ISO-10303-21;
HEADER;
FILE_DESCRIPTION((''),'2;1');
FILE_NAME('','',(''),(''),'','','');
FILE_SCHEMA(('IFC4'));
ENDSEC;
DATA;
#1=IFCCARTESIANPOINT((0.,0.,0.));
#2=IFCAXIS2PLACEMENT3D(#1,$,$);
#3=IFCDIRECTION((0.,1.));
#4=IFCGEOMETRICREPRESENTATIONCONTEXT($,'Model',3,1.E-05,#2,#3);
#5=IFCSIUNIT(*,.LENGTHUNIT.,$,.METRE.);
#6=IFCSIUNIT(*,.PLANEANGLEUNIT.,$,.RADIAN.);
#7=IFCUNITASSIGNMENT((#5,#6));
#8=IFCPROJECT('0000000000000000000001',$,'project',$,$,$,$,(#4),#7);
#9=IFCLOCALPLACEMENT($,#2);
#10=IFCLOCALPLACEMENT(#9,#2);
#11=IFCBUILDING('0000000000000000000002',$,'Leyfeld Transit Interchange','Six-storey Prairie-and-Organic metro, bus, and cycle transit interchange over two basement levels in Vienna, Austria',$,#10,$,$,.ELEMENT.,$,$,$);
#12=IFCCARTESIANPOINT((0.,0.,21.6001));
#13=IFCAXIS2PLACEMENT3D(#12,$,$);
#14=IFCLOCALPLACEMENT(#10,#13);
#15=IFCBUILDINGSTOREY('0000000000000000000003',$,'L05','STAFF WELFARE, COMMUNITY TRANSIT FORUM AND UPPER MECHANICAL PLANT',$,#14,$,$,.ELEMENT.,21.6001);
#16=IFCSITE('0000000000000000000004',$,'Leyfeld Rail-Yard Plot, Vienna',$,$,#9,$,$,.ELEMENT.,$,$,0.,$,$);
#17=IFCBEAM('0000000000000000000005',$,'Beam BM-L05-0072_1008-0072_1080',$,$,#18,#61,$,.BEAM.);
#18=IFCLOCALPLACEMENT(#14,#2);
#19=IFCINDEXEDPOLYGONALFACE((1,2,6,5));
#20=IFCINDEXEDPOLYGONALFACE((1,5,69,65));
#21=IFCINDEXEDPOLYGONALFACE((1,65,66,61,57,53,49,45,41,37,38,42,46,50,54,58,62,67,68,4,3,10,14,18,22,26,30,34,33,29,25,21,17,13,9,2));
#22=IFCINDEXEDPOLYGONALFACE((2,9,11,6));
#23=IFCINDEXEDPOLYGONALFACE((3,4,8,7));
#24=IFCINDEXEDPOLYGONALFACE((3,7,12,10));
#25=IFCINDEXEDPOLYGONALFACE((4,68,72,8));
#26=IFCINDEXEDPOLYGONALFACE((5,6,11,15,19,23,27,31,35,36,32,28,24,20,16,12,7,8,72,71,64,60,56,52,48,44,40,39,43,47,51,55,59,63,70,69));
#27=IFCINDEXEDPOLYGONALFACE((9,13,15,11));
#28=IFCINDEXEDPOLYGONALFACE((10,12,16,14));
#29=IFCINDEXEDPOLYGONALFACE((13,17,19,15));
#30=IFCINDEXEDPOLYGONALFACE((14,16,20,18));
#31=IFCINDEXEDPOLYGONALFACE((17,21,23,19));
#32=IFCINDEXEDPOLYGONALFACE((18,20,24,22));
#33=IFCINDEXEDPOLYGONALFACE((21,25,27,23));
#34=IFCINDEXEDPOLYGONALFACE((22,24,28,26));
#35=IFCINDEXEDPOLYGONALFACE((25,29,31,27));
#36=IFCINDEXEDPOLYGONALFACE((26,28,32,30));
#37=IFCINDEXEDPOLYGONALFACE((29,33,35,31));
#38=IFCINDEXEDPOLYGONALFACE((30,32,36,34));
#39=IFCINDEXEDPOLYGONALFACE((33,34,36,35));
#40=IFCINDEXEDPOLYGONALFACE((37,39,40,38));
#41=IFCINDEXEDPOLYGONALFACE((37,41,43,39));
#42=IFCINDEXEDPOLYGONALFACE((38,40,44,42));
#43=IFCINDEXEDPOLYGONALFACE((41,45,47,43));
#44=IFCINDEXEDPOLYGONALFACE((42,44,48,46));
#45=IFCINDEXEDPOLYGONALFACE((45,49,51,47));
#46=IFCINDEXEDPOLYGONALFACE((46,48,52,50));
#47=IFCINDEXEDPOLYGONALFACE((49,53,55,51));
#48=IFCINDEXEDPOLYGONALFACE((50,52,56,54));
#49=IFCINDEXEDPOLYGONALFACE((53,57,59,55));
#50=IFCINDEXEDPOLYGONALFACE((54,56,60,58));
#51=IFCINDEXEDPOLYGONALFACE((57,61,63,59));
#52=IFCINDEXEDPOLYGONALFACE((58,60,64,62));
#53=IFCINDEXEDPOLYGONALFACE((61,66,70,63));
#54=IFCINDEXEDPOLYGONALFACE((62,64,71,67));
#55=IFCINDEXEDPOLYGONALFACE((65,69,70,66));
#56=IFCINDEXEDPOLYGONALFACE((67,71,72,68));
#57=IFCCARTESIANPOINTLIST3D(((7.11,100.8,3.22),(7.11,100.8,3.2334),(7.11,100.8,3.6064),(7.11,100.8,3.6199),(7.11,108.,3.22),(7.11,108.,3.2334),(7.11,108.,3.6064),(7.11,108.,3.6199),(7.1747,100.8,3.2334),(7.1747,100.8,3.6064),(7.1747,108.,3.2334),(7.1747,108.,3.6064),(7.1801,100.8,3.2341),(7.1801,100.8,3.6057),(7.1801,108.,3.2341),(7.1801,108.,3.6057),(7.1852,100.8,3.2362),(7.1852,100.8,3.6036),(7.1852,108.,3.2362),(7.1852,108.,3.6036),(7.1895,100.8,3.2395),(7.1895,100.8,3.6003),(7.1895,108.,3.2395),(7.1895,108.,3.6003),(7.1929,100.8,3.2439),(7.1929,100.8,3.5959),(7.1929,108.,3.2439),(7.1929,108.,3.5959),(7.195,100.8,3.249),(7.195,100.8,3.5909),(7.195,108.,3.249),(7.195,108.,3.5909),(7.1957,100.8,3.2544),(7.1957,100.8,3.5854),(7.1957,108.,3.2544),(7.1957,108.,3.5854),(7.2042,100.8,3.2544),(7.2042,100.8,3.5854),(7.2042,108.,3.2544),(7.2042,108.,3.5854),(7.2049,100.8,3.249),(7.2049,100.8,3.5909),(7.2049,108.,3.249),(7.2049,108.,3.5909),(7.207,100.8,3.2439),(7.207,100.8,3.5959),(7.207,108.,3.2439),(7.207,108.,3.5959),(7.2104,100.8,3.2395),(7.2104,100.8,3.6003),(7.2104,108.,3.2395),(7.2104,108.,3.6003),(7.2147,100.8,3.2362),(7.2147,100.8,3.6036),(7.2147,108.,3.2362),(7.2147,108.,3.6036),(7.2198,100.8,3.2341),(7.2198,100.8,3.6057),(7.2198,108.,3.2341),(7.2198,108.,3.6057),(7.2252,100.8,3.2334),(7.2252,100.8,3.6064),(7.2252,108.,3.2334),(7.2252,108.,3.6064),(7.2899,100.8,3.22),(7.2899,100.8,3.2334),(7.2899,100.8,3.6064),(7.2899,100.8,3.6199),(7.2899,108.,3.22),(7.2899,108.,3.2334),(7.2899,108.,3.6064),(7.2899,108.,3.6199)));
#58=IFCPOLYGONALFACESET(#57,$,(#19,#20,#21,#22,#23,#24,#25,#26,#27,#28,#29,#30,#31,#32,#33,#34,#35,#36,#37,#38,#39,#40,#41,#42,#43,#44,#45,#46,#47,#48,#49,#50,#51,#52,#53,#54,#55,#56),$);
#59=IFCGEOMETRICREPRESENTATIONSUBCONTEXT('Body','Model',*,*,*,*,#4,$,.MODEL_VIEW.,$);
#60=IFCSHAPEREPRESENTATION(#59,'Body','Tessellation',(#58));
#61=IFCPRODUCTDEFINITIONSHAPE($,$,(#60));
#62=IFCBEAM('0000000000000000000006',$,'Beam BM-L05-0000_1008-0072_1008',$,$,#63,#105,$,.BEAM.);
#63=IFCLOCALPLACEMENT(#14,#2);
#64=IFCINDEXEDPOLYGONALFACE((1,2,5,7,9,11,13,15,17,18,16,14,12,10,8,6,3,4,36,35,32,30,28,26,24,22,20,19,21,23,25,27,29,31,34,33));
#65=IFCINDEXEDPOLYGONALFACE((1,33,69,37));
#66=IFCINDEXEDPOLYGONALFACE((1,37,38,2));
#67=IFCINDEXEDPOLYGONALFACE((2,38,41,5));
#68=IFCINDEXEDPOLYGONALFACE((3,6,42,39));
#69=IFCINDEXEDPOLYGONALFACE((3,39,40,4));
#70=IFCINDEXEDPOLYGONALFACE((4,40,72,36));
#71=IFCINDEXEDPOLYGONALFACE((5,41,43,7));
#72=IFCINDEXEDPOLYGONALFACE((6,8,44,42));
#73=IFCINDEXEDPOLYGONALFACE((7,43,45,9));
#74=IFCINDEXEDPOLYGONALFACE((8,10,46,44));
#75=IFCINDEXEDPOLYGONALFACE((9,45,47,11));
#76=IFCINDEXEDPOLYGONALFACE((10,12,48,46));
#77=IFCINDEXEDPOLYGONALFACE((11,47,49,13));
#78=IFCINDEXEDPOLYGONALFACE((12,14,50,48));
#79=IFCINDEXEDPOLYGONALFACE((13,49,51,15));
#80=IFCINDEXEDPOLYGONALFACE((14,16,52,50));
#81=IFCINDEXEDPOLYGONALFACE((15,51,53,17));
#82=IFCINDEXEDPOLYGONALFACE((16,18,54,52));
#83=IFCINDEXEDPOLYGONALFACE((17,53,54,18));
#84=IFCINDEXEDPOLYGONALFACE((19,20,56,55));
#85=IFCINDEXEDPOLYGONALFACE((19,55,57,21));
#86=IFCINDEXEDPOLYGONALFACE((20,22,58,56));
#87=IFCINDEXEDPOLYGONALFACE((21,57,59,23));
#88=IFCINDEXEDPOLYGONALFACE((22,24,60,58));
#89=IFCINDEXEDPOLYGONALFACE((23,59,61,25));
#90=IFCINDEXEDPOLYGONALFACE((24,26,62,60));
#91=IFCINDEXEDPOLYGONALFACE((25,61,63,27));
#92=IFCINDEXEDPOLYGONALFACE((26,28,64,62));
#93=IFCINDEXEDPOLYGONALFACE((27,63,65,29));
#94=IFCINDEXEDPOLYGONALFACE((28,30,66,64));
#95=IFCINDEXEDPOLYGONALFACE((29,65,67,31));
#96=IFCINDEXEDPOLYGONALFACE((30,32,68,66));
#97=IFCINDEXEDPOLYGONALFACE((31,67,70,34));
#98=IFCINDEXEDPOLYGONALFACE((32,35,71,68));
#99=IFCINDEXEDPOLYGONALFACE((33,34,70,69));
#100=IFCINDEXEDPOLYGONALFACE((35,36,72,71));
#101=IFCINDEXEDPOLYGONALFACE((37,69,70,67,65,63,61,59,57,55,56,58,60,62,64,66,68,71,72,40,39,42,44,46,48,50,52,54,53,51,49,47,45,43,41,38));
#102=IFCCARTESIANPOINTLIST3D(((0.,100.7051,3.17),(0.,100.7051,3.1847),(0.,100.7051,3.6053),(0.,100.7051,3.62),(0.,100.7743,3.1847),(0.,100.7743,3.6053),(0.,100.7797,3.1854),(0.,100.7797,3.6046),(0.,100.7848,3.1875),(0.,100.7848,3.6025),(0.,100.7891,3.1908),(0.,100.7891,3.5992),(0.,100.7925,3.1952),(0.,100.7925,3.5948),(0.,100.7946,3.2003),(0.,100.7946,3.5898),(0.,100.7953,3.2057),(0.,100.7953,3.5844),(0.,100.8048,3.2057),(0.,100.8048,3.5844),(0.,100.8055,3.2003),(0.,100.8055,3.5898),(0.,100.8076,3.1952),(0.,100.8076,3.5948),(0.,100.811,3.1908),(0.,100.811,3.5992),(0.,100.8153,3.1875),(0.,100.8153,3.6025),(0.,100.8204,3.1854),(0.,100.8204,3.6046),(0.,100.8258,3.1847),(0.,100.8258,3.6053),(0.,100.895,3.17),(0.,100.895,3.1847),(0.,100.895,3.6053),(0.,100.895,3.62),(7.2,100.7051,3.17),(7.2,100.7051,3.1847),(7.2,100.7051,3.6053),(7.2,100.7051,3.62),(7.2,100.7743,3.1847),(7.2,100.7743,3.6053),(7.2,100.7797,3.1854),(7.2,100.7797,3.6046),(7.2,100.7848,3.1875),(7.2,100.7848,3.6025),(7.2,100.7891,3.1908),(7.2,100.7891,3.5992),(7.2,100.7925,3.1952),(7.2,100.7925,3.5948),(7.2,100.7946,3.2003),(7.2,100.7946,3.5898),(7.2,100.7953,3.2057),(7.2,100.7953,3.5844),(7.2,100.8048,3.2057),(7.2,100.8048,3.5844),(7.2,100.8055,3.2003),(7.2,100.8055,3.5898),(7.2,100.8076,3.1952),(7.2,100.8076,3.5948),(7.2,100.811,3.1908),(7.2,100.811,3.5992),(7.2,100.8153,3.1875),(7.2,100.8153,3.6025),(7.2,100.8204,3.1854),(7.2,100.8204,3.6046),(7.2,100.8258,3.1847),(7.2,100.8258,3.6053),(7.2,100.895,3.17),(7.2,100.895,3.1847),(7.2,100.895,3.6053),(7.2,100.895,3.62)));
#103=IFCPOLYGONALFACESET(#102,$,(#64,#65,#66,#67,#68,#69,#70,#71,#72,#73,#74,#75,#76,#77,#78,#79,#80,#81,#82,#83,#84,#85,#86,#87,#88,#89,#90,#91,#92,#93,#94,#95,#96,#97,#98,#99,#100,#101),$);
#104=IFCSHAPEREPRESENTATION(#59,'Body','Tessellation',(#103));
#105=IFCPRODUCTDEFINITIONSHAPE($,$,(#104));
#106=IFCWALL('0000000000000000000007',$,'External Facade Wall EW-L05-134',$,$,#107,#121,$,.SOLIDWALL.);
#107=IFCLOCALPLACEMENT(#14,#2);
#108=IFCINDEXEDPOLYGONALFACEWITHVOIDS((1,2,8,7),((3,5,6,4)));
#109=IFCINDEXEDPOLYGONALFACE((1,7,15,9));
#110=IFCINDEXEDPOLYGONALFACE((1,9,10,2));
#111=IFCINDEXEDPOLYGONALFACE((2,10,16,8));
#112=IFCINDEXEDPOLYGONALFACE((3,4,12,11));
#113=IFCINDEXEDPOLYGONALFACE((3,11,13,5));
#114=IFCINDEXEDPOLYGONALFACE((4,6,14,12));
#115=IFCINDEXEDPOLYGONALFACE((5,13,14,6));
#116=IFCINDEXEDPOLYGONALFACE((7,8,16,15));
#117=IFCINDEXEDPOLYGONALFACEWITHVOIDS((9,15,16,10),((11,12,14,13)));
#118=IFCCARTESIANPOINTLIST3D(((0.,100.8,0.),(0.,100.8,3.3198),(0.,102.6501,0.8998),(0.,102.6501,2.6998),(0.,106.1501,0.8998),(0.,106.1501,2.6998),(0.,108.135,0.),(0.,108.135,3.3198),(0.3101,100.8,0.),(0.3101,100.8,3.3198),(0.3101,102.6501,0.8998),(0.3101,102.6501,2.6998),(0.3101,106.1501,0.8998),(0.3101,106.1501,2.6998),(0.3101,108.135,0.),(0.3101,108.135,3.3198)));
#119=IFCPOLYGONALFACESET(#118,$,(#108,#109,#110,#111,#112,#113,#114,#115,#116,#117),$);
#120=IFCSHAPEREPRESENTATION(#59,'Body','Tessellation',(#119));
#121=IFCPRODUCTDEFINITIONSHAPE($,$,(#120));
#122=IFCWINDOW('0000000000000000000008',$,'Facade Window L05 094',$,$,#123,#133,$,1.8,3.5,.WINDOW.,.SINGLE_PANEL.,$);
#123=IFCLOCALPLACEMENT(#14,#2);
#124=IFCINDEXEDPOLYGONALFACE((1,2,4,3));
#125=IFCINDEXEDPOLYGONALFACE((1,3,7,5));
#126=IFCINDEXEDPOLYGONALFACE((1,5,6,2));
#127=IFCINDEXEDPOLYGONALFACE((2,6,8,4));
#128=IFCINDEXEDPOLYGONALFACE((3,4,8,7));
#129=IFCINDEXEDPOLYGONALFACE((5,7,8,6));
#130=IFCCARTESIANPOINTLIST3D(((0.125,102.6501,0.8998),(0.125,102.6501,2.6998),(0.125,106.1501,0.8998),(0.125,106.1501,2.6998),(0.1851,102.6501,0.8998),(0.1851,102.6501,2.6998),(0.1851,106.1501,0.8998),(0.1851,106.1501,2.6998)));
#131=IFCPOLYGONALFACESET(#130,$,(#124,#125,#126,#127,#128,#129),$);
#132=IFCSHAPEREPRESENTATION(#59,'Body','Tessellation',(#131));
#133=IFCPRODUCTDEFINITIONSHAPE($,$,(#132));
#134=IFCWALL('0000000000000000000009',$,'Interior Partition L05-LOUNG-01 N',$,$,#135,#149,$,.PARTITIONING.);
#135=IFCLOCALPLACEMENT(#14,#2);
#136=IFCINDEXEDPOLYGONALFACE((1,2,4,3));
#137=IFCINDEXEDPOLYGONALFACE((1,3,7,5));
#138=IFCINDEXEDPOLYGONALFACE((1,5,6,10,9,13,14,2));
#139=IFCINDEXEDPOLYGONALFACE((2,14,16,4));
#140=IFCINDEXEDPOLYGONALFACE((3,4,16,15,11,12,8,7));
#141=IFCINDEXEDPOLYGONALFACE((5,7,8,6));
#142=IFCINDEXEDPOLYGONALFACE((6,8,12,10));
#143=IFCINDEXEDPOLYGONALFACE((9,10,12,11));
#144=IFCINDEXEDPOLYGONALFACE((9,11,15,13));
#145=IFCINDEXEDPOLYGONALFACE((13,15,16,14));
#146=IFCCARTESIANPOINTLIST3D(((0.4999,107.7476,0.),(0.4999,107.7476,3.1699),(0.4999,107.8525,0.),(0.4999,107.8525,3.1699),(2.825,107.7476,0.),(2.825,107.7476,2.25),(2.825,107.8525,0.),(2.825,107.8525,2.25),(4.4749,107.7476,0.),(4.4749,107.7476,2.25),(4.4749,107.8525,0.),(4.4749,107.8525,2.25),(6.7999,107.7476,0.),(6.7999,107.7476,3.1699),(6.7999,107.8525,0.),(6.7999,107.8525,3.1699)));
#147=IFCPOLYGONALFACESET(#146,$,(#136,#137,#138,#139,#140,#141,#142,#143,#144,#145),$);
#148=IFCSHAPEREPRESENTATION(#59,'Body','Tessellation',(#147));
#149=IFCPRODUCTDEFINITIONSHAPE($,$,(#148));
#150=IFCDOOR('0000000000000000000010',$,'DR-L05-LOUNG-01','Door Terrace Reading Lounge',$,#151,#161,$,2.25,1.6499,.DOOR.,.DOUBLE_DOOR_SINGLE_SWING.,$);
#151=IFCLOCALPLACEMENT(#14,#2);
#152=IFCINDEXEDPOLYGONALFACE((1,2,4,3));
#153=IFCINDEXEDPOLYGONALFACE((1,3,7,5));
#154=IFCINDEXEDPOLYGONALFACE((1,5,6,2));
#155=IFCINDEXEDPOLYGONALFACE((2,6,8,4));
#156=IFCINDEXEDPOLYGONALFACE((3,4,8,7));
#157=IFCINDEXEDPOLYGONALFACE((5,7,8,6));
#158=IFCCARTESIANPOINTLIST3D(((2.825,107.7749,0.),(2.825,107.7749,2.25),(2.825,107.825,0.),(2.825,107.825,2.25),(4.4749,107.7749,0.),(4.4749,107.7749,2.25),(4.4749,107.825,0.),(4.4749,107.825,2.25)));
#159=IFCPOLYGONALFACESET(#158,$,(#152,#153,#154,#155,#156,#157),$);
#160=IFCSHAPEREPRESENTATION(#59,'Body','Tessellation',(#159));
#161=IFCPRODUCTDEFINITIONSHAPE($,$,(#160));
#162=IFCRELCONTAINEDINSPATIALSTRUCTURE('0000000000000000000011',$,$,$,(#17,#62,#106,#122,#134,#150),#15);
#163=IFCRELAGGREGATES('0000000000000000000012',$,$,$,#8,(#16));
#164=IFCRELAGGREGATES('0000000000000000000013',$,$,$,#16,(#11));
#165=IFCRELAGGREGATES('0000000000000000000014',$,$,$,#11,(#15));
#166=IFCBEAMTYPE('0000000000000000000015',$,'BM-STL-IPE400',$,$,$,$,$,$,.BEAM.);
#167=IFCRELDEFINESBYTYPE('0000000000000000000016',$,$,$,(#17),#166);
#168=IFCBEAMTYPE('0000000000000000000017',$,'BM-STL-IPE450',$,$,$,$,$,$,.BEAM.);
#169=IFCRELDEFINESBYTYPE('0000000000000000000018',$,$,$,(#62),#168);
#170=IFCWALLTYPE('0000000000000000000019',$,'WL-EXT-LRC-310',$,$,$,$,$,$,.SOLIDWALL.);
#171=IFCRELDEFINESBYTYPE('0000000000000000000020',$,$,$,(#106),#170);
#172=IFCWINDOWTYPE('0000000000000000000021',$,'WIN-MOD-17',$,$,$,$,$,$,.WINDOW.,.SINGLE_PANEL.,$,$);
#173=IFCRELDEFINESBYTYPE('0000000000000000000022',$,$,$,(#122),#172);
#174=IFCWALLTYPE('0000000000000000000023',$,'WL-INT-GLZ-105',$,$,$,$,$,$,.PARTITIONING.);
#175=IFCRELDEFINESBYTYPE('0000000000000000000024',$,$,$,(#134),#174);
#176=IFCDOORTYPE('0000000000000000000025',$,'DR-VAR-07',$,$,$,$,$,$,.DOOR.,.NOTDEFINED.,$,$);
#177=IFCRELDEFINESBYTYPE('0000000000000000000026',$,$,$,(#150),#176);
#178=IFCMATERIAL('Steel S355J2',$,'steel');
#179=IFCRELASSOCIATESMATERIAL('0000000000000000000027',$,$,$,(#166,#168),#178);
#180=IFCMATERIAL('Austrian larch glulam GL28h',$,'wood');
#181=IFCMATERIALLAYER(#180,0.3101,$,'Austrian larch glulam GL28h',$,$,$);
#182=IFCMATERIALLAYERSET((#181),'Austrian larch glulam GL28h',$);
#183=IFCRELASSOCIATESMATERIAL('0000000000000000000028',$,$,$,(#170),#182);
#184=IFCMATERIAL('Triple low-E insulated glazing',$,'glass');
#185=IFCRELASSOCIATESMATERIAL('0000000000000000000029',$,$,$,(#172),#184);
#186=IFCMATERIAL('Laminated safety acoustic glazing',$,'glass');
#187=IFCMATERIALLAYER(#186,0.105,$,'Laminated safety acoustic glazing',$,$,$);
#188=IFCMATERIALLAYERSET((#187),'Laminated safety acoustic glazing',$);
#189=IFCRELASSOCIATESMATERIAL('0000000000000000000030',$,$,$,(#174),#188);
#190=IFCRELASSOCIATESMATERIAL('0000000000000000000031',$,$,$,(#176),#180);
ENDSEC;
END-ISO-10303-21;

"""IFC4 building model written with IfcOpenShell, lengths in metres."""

from ifc_helpers import new_model, si_unit, direction, frame, frame_2d, origin, origin_2d, place, context, subcontext, project, spatial, rectangle, i_section, extrude, material, layer, layer_set, material_profile, profile_set, type_object, element, fill, save


model = new_model("IFC4")

# Units and contexts
model_context = context("Model", 3, precision=1e-05, world=origin(), true_north=direction((0.0, 1.0)))
body_context = subcontext(model_context, "Body", "Model", "MODEL_VIEW")
ifc_project = project(units=[si_unit("LENGTHUNIT", "METRE"), si_unit("PLANEANGLEUNIT", "RADIAN")], contexts=[model_context])

# Site, building, storey
site_placement = place(None, origin())
site = spatial("IfcSite", under=ifc_project, at=site_placement, Name="Leyfeld Rail-Yard Plot, Vienna", CompositionType="ELEMENT", RefElevation=0.0)
building_placement = place(site_placement, origin())
building = spatial("IfcBuilding", under=site, at=building_placement, Name="Leyfeld Transit Interchange", Description="Six-storey Prairie-and-Organic metro, bus, and cycle transit interchange over two basement levels in Vienna, Austria", CompositionType="ELEMENT")
storey_placement = place(building_placement, frame((0.0, 0.0, 21.6001)))
storey = spatial("IfcBuildingStorey", under=building, at=storey_placement, Name="L05", Description="STAFF WELFARE, COMMUNITY TRANSIT FORUM AND UPPER MECHANICAL PLANT", CompositionType="ELEMENT", Elevation=21.6001)

# Shared definitions
ifc_material_1 = material(Name="Steel S355J2", Category="steel")

# Beams
ifc_material_profile_1 = material_profile(ifc_material_1, i_section(OverallWidth=0.1799, OverallDepth=0.3999, WebThickness=0.0085, FlangeThickness=0.0134, FilletRadius=0.021, at=origin_2d()), Name="IPE 400")
ifc_profile_set_1 = profile_set([ifc_material_profile_1], Name="Steel S355J2")
beam_type_1 = type_object("IfcBeamType", Name="BM-STL-IPE400", PredefinedType="BEAM", material=ifc_profile_set_1)
beam_1_placement = place(storey_placement, frame((7.2, 100.8, 3.4199), z_axis=(0.0, 1.0, 0.0), x_axis=(-1.0, 0.0, 0.0)))
element("IfcBeam", 1, at=beam_1_placement, inside=storey, type_object=beam_type_1, Name="Beam BM-L05-0072_1008-0072_1080", PredefinedType="BEAM", context=body_context, shape_type="SweptSolid", body=[
    extrude(i_section(OverallWidth=0.1799, OverallDepth=0.3999, WebThickness=0.0085, FlangeThickness=0.0134, FilletRadius=0.021, at=origin_2d()), origin(), (0.0, 0.0, 1.0), 7.2),
])
ifc_material_profile_2 = material_profile(ifc_material_1, i_section(OverallWidth=0.1899, OverallDepth=0.45, WebThickness=0.0095, FlangeThickness=0.0146, FilletRadius=0.021, at=origin_2d()), Name="IPE 450")
ifc_profile_set_2 = profile_set([ifc_material_profile_2], Name="Steel S355J2")
beam_type_2 = type_object("IfcBeamType", Name="BM-STL-IPE450", PredefinedType="BEAM", material=ifc_profile_set_2)
beam_2_placement = place(storey_placement, frame((0.0, 100.8, 3.395), z_axis=(1.0, 0.0, 0.0), x_axis=(0.0, 1.0, 0.0)))
element("IfcBeam", 2, at=beam_2_placement, inside=storey, type_object=beam_type_2, Name="Beam BM-L05-0000_1008-0072_1008", PredefinedType="BEAM", context=body_context, shape_type="SweptSolid", body=[
    extrude(i_section(OverallWidth=0.1899, OverallDepth=0.45, WebThickness=0.0095, FlangeThickness=0.0146, FilletRadius=0.021, at=origin_2d()), origin(), (0.0, 0.0, 1.0), 7.2),
])

# Wall, opening, window
ifc_material_2 = material(Name="Austrian larch glulam GL28h", Category="wood")
ifc_layer_1 = layer(ifc_material_2, 0.3101, Name="Austrian larch glulam GL28h")
ifc_layer_set_1 = layer_set([ifc_layer_1], Name="Austrian larch glulam GL28h")
wall_type_1 = type_object("IfcWallType", Name="WL-EXT-LRC-310", PredefinedType="SOLIDWALL", material=ifc_layer_set_1)
wall_1_placement = place(storey_placement, frame((0.155, 100.8, 0.0), z_axis=(0.0, 0.0, 1.0), x_axis=(0.0, 1.0, 0.0)))
wall_1 = element("IfcWall", 3, at=wall_1_placement, inside=storey, type_object=wall_type_1, Name="External Facade Wall EW-L05-134", PredefinedType="SOLIDWALL", context=body_context, shape_type="SweptSolid", body=[
    extrude(rectangle(XDim=7.335, YDim=0.3101, at=frame_2d((3.6675, 0.0))), origin(), (0.0, 0.0, 1.0), 3.3198),
])
opening_1_placement = place(wall_1_placement, frame((1.8501, 0.0, 0.8999)))
opening_1 = element("IfcOpeningElement", 4, at=opening_1_placement, cuts=wall_1, PredefinedType="OPENING", context=body_context, shape_type="SweptSolid", body=[
    extrude(rectangle(XDim=3.5, YDim=1.8, at=frame_2d((1.75, 0.8999))), frame((0.0, 0.165, 0.0), z_axis=(0.0, -1.0, 0.0), x_axis=(1.0, 0.0, 0.0)), (0.0, 0.0, 1.0), 0.3301),
])
ifc_material_3 = material(Name="Triple low-E insulated glazing", Category="glass")
window_type = type_object("IfcWindowType", Name="WIN-MOD-17", PartitioningType="SINGLE_PANEL", PredefinedType="WINDOW", material=ifc_material_3)
window_placement = place(opening_1_placement, origin())
window = element("IfcWindow", 5, at=window_placement, inside=storey, type_object=window_type, Name="Facade Window L05 094", OverallHeight=1.8, OverallWidth=3.5, PartitioningType="SINGLE_PANEL", PredefinedType="WINDOW", context=body_context, shape_type="SweptSolid", body=[
    extrude(rectangle(XDim=3.5, YDim=1.8, at=frame_2d((1.75, 0.8999))), frame((0.0, 0.03, 0.0), z_axis=(0.0, -1.0, 0.0), x_axis=(1.0, 0.0, 0.0)), (0.0, 0.0, 1.0), 0.0601),
])
fill(opening_1, window)

# Wall, opening, door
ifc_material_4 = material(Name="Laminated safety acoustic glazing", Category="glass")
ifc_layer_2 = layer(ifc_material_4, 0.105, Name="Laminated safety acoustic glazing")
ifc_layer_set_2 = layer_set([ifc_layer_2], Name="Laminated safety acoustic glazing")
wall_type_2 = type_object("IfcWallType", Name="WL-INT-GLZ-105", PredefinedType="PARTITIONING", material=ifc_layer_set_2)
wall_2_placement = place(storey_placement, frame((0.5, 107.8, 0.0), z_axis=(0.0, 0.0, 1.0), x_axis=(1.0, 0.0, 0.0)))
wall_2 = element("IfcWall", 6, at=wall_2_placement, inside=storey, type_object=wall_type_2, Name="Interior Partition L05-LOUNG-01 N", PredefinedType="PARTITIONING", context=body_context, shape_type="SweptSolid", body=[
    extrude(rectangle(XDim=6.3, YDim=0.105, at=frame_2d((3.1499, 0.0))), origin(), (0.0, 0.0, 1.0), 3.1699),
])
opening_2_placement = place(wall_2_placement, frame((2.325, 0.0, 0.0)))
opening_2 = element("IfcOpeningElement", 7, at=opening_2_placement, cuts=wall_2, PredefinedType="OPENING", context=body_context, shape_type="SweptSolid", body=[
    extrude(rectangle(XDim=1.6499, YDim=2.25, at=frame_2d((0.825, 1.125))), frame((0.0, 0.0625, 0.0), z_axis=(0.0, -1.0, 0.0), x_axis=(1.0, 0.0, 0.0)), (0.0, 0.0, 1.0), 0.125),
])
door_type_1 = type_object("IfcDoorType", Name="DR-VAR-07", OperationType="NOTDEFINED", PredefinedType="DOOR", material=ifc_material_2)
door_1_placement = place(opening_2_placement, origin())
door_1 = element("IfcDoor", 8, at=door_1_placement, inside=storey, type_object=door_type_1, Name="DR-L05-LOUNG-01", Description="Door Terrace Reading Lounge", OperationType="DOUBLE_DOOR_SINGLE_SWING", OverallHeight=2.25, OverallWidth=1.6499, PredefinedType="DOOR", context=body_context, shape_type="SweptSolid", body=[
    extrude(rectangle(XDim=1.6499, YDim=2.25, at=frame_2d((0.825, 1.125))), frame((0.0, 0.0249, 0.0), z_axis=(0.0, -1.0, 0.0), x_axis=(1.0, 0.0, 0.0)), (0.0, 0.0, 1.0), 0.05),
])
fill(opening_2, door_1)

save(model, "model.ifc")
